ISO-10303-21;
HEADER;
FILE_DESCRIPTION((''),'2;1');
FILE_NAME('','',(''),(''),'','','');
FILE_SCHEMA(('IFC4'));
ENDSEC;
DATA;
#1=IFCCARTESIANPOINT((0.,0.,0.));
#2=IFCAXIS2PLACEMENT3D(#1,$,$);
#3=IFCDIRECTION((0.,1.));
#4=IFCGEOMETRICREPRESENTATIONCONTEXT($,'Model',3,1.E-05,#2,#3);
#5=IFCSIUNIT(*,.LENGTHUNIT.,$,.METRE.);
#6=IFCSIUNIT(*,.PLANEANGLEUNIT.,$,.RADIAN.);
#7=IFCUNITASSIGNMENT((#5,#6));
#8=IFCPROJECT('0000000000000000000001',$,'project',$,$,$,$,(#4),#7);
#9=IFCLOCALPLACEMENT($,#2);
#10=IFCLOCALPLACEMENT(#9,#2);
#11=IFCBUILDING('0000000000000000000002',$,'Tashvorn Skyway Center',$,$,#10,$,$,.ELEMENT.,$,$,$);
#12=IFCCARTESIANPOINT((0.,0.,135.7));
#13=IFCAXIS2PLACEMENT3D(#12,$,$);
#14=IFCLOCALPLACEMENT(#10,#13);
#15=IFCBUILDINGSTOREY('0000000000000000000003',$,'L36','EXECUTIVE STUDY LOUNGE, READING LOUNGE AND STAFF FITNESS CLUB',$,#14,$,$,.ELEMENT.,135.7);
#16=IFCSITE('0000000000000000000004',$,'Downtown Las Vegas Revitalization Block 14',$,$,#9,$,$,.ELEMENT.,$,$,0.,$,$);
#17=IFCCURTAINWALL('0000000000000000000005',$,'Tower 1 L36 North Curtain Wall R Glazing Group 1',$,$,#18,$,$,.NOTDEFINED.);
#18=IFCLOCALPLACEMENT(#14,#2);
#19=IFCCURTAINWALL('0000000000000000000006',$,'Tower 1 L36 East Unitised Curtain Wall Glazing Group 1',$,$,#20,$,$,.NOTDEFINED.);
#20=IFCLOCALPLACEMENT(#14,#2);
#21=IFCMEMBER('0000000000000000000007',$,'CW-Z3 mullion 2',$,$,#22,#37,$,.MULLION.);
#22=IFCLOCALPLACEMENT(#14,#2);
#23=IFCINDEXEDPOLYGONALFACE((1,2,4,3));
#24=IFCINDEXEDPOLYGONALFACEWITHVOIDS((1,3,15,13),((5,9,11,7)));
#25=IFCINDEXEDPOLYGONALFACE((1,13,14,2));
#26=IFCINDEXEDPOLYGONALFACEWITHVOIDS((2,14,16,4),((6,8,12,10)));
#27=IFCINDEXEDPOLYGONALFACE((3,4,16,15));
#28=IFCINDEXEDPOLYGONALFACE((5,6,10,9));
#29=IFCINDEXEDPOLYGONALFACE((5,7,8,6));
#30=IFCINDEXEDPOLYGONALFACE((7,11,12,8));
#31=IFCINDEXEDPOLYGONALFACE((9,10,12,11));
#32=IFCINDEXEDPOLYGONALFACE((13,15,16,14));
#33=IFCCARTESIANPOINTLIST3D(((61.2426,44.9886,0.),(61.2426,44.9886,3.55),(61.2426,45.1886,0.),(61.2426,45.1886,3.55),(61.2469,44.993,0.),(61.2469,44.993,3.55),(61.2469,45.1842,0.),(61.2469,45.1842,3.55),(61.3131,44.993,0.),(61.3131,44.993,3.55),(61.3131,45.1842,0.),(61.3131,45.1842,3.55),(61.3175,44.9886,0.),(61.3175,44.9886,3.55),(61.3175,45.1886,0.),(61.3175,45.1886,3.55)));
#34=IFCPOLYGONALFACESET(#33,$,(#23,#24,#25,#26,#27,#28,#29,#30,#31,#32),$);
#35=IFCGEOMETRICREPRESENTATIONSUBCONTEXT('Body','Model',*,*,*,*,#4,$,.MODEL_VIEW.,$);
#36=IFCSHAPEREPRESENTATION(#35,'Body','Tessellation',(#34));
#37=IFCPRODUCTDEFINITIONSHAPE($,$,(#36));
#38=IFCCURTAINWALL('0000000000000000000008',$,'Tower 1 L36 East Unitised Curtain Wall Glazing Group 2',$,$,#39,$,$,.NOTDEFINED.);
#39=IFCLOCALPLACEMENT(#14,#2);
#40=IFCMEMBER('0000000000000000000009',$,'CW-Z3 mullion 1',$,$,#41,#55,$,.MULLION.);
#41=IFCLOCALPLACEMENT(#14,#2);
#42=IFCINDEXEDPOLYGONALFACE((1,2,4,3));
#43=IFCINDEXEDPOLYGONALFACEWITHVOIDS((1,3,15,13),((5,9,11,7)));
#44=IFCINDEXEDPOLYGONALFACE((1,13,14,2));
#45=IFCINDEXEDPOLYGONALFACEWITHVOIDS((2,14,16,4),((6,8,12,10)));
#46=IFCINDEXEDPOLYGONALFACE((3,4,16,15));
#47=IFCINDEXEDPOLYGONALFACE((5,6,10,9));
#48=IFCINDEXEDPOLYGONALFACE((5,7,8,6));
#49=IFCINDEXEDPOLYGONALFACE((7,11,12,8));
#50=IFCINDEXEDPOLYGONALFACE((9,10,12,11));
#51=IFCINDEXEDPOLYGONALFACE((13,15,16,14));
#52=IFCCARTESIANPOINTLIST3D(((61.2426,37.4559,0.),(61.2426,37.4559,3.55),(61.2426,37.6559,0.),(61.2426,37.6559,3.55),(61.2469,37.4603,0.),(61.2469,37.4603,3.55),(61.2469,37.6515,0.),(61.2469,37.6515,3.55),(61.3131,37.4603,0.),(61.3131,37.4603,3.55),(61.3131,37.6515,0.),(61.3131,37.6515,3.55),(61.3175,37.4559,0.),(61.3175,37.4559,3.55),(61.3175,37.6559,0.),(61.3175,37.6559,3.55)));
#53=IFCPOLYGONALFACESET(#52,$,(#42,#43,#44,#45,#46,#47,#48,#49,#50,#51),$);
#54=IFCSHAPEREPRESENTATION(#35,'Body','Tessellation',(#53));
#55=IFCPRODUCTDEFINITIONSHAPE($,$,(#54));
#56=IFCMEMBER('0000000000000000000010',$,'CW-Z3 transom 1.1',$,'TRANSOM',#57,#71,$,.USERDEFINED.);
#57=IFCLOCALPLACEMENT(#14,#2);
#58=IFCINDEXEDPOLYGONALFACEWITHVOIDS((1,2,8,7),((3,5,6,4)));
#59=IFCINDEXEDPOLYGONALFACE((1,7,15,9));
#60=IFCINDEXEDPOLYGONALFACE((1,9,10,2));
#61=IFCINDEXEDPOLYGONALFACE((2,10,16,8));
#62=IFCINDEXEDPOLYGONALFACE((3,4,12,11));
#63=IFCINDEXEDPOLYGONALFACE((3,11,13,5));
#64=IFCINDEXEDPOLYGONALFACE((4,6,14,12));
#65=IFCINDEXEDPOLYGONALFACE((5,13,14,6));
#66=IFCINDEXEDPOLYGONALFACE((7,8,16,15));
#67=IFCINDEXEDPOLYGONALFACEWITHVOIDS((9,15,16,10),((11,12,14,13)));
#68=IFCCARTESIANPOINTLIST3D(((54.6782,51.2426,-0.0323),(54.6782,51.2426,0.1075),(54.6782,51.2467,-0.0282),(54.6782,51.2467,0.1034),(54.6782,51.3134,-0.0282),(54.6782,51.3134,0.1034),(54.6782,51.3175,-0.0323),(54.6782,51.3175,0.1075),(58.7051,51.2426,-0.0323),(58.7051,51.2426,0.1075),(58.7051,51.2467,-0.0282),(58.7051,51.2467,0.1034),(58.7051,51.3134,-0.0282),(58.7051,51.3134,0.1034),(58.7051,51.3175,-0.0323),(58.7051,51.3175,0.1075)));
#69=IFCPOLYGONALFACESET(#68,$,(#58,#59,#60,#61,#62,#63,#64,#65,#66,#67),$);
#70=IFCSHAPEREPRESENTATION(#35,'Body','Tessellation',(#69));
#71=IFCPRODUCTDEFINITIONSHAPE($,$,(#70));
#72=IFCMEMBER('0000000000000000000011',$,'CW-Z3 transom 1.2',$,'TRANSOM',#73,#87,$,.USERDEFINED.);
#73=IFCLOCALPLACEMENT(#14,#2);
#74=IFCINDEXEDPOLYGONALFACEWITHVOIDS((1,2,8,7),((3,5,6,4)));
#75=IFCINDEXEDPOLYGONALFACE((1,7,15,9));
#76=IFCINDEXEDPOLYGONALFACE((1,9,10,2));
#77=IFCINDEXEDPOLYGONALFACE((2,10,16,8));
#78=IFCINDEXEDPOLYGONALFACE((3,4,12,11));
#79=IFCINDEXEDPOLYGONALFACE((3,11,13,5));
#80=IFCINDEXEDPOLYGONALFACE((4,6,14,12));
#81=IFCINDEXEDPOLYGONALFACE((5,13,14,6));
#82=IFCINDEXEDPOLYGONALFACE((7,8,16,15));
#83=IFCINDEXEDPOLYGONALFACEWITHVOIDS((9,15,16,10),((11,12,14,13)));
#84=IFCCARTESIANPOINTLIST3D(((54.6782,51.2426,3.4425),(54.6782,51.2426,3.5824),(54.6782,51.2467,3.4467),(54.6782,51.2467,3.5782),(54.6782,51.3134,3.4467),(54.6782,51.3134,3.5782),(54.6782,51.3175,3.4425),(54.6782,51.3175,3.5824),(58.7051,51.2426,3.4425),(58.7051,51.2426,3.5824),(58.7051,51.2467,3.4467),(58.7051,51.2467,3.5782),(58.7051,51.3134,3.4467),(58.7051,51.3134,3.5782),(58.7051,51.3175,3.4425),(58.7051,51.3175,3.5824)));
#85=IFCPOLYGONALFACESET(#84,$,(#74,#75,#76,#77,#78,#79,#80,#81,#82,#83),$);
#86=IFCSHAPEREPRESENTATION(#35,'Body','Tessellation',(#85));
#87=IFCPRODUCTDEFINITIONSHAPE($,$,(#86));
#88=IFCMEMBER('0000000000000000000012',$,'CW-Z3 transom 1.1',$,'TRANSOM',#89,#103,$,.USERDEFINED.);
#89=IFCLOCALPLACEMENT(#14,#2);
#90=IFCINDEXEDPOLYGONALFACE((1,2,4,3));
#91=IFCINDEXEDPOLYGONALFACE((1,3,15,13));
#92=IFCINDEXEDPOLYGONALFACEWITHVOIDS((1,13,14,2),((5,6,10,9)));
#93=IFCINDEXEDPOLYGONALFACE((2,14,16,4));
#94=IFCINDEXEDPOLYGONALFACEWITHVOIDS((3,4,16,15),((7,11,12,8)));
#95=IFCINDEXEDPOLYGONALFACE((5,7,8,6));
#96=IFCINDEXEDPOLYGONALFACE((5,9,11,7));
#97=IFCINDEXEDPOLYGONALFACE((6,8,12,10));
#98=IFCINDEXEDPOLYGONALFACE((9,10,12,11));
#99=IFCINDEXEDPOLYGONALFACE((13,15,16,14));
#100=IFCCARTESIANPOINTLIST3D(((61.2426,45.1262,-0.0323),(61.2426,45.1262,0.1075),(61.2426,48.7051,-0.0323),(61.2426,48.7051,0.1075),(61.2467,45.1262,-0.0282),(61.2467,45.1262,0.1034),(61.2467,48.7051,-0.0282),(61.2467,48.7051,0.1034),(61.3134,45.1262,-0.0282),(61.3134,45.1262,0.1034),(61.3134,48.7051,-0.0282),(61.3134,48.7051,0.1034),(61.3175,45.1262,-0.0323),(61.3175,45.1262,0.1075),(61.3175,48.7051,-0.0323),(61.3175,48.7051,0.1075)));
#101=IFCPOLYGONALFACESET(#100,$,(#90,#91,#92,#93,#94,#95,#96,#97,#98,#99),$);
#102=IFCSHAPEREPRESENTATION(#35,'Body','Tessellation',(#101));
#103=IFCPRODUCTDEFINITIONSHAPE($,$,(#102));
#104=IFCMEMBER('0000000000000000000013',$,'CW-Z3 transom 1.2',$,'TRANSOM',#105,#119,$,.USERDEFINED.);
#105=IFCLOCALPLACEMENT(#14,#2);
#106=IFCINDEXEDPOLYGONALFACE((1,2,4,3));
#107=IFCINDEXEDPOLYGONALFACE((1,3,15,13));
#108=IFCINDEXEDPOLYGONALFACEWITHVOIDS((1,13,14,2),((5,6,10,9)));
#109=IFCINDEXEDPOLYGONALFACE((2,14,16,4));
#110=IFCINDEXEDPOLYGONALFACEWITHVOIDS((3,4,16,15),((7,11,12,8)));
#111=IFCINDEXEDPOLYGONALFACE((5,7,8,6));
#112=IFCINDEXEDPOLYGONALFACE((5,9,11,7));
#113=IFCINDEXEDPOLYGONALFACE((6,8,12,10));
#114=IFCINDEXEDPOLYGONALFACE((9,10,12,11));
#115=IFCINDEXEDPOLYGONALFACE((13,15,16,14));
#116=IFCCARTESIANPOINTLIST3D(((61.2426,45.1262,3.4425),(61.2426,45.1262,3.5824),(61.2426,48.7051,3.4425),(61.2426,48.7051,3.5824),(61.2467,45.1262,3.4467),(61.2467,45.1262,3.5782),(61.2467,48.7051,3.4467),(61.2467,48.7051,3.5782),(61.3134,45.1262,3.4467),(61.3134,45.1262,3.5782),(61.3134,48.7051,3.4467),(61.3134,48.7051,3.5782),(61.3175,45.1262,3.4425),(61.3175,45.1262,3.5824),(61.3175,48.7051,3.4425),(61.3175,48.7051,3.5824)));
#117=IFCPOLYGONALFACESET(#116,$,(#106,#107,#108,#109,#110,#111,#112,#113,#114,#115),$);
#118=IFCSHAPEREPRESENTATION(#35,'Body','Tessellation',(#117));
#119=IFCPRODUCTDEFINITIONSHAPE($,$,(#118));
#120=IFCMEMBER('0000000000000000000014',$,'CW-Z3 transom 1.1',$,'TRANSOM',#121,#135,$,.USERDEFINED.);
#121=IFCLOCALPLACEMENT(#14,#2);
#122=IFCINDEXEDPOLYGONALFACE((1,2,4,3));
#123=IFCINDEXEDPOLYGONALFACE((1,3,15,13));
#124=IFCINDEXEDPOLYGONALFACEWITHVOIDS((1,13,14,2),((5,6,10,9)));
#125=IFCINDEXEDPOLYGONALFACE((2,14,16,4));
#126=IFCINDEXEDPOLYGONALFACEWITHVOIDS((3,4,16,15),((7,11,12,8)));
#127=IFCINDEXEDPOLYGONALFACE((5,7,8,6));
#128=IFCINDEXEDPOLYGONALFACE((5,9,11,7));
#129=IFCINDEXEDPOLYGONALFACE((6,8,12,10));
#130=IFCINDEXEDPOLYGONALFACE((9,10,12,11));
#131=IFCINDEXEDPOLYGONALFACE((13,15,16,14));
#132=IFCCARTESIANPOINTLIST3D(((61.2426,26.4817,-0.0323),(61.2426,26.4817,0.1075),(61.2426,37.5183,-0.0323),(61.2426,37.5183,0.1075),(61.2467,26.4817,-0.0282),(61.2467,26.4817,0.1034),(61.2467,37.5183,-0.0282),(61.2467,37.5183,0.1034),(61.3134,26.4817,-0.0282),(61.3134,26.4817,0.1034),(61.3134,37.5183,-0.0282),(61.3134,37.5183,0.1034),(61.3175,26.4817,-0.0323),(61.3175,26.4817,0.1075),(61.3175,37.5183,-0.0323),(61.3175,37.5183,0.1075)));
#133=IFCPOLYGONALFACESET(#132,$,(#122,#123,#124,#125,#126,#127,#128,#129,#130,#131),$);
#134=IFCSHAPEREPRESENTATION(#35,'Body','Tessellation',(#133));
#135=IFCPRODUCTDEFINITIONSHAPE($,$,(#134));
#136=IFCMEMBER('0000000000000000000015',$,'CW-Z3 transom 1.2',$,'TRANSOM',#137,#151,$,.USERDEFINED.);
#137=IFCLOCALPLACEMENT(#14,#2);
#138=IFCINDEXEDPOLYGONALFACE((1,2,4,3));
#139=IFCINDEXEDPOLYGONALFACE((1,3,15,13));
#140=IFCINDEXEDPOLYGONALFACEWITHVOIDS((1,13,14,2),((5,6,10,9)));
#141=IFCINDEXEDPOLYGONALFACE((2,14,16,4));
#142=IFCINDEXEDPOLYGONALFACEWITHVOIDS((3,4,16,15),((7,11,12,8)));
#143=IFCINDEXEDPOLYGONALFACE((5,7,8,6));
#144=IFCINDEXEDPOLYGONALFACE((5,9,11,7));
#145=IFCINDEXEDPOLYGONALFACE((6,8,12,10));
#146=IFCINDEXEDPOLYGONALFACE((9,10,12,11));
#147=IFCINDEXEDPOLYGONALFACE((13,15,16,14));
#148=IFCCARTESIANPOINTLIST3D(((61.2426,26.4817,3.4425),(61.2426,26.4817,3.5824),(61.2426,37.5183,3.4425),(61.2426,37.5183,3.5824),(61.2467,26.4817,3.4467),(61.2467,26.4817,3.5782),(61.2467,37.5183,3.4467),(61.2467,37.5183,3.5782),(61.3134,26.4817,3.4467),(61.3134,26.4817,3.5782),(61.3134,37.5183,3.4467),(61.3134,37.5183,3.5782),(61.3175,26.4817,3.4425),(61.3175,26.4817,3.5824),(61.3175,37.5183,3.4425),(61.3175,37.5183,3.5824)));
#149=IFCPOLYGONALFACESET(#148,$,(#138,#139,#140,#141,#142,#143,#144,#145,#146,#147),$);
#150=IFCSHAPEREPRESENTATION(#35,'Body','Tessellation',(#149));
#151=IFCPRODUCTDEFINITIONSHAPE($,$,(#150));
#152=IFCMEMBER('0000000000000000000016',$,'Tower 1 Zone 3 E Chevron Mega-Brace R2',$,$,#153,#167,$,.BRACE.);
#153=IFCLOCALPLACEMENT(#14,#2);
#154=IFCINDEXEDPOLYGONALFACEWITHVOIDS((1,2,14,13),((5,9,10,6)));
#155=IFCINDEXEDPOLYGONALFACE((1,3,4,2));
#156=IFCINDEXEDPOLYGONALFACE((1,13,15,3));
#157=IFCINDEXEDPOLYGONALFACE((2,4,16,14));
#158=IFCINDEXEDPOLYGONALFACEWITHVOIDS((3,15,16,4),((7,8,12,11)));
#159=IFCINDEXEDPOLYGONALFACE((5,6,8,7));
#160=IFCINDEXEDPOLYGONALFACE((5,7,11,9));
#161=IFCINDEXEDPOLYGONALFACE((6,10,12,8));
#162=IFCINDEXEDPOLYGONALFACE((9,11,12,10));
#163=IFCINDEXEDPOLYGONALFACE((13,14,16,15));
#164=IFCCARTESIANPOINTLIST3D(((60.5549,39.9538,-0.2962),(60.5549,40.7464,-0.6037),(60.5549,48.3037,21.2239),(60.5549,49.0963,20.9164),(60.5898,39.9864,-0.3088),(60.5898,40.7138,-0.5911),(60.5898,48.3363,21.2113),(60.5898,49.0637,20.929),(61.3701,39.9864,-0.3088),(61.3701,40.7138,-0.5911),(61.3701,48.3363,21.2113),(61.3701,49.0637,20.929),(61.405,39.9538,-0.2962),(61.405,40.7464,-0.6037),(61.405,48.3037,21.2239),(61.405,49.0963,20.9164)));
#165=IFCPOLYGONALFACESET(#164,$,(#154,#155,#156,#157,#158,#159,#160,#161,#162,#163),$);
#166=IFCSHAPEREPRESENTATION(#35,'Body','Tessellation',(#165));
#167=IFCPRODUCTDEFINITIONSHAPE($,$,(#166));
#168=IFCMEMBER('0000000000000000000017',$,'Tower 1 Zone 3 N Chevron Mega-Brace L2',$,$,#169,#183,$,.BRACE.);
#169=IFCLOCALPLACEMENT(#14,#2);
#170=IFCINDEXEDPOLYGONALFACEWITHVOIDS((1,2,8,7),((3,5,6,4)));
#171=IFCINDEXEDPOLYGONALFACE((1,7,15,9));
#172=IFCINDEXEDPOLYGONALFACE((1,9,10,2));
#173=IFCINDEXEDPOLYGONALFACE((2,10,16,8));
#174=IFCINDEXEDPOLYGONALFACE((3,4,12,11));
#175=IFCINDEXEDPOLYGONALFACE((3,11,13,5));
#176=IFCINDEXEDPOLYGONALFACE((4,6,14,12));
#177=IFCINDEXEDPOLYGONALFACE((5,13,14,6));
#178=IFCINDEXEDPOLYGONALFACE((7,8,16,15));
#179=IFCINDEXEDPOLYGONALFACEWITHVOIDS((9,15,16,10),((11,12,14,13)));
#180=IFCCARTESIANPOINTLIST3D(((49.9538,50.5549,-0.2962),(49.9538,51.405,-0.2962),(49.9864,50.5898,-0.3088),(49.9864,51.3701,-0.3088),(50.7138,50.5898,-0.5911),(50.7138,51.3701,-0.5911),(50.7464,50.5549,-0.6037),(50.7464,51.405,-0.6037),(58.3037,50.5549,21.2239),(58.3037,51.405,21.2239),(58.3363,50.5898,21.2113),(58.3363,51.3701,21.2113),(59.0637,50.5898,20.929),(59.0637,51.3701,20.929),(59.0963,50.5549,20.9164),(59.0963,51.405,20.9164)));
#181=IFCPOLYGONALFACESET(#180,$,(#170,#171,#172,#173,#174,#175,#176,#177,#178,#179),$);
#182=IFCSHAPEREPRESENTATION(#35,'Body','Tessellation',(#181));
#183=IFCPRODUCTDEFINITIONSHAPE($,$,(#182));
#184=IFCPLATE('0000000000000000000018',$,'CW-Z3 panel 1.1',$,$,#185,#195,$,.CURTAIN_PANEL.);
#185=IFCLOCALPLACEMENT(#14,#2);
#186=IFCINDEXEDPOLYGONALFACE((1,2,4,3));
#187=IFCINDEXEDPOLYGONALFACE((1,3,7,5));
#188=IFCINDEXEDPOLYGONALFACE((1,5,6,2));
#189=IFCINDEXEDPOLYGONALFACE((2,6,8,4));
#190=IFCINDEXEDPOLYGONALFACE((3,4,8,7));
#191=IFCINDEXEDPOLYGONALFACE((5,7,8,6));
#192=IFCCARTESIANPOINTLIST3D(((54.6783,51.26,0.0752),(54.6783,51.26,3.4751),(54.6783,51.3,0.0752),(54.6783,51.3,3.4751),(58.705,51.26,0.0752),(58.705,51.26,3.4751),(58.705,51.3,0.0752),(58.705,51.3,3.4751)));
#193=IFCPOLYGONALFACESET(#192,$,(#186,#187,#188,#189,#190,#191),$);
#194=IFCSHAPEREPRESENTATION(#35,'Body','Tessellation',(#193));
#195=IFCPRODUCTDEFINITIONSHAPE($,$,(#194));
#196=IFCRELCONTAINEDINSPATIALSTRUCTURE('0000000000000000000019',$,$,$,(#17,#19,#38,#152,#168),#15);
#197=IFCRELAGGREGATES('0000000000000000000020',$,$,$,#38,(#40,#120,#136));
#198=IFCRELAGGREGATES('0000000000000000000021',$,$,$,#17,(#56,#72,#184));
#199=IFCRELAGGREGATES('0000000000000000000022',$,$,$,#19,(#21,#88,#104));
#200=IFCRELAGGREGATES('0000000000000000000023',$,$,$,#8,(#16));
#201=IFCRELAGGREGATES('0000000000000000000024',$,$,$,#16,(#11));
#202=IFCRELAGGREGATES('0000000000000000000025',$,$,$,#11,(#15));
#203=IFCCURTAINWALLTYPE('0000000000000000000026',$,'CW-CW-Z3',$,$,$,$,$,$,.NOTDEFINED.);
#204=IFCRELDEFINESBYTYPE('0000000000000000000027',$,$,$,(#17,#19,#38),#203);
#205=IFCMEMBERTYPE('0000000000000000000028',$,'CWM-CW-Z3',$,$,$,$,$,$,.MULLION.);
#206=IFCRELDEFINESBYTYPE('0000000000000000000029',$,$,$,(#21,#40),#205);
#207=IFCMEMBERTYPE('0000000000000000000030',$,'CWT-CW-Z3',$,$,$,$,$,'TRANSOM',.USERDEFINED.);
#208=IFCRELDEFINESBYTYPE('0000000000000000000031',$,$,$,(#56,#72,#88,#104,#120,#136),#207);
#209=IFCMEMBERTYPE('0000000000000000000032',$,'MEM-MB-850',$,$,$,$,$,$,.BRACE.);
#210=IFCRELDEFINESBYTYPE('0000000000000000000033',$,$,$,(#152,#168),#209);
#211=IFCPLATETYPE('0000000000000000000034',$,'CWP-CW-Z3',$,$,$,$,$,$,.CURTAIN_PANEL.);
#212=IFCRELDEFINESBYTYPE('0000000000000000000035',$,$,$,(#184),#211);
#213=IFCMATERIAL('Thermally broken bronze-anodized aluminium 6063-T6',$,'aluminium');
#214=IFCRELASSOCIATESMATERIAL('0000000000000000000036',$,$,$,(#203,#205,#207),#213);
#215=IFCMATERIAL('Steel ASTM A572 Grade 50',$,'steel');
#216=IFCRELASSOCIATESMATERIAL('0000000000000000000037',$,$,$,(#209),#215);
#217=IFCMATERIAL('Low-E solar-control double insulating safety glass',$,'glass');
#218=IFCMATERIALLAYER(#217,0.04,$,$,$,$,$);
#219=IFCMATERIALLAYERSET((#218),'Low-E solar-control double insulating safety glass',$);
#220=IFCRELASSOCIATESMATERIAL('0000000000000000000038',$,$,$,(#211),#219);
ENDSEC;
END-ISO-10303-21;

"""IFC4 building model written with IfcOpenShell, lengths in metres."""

from ifc_helpers import new_model, si_unit, direction, frame, origin, origin_2d, place, context, subcontext, project, spatial, rectangle, hollow_rectangle, extrude, material, layer, layer_set, material_profile, profile_set, type_object, element, aggregate, save


model = new_model("IFC4")

# Units and contexts
model_context = context("Model", 3, precision=1e-05, world=origin(), true_north=direction((0.0, 1.0)))
body_context = subcontext(model_context, "Body", "Model", "MODEL_VIEW")
ifc_project = project(units=[si_unit("LENGTHUNIT", "METRE"), si_unit("PLANEANGLEUNIT", "RADIAN")], contexts=[model_context])

# Site, building, storey
site_placement = place(None, origin())
site = spatial("IfcSite", under=ifc_project, at=site_placement, Name="Downtown Las Vegas Revitalization Block 14", CompositionType="ELEMENT", RefElevation=0.0)
building_placement = place(site_placement, origin())
building = spatial("IfcBuilding", under=site, at=building_placement, Name="Tashvorn Skyway Center", CompositionType="ELEMENT")
storey_placement = place(building_placement, frame((0.0, 0.0, 135.7)))
storey = spatial("IfcBuildingStorey", under=building, at=storey_placement, Name="L36", Description="EXECUTIVE STUDY LOUNGE, READING LOUNGE AND STAFF FITNESS CLUB", CompositionType="ELEMENT", Elevation=135.7)

# Shared definitions
ifc_material_1 = material(Name="Steel ASTM A572 Grade 50", Category="steel")

# Curtain walls, member
ifc_material_2 = material(Name="Thermally broken bronze-anodized aluminium 6063-T6", Category="aluminium")
curtain_wall_type = type_object("IfcCurtainWallType", Name="CW-CW-Z3", PredefinedType="NOTDEFINED", material=ifc_material_2)
curtain_wall_1_placement = place(storey_placement, origin())
curtain_wall_1 = element("IfcCurtainWall", 1, at=curtain_wall_1_placement, inside=storey, type_object=curtain_wall_type, Name="Tower 1 L36 North Curtain Wall R Glazing Group 1", PredefinedType="NOTDEFINED")
ifc_material_profile_1 = material_profile(ifc_material_2, hollow_rectangle(XDim=0.075, YDim=0.2, WallThickness=0.0044, at=origin_2d()), Name="ALU-MULL-75x200")
ifc_profile_set_1 = profile_set([ifc_material_profile_1], Name="Thermally broken bronze-anodized aluminium 6063-T6")
member_type_1 = type_object("IfcMemberType", Name="CWM-CW-Z3", PredefinedType="MULLION", material=ifc_profile_set_1)
curtain_wall_2_placement = place(storey_placement, origin())
curtain_wall_2 = element("IfcCurtainWall", 2, at=curtain_wall_2_placement, inside=storey, type_object=curtain_wall_type, Name="Tower 1 L36 East Unitised Curtain Wall Glazing Group 1", PredefinedType="NOTDEFINED")
member_1_placement = place(storey_placement, frame((61.28, 45.0886, 0.0), z_axis=(0.0, 0.0, 1.0), x_axis=(1.0, 0.0, 0.0)))
member_1 = element("IfcMember", 3, at=member_1_placement, type_object=member_type_1, Name="CW-Z3 mullion 2", PredefinedType="MULLION", context=body_context, shape_type="SweptSolid", body=[
    extrude(hollow_rectangle(XDim=0.075, YDim=0.2, WallThickness=0.0044, at=origin_2d()), origin(), (0.0, 0.0, 1.0), 3.55),
])

# Curtain wall, member
curtain_wall_3_placement = place(storey_placement, origin())
curtain_wall_3 = element("IfcCurtainWall", 4, at=curtain_wall_3_placement, inside=storey, type_object=curtain_wall_type, Name="Tower 1 L36 East Unitised Curtain Wall Glazing Group 2", PredefinedType="NOTDEFINED")
member_2_placement = place(storey_placement, frame((61.28, 37.5559, 0.0), z_axis=(0.0, 0.0, 1.0), x_axis=(1.0, 0.0, 0.0)))
member_2 = element("IfcMember", 5, at=member_2_placement, type_object=member_type_1, Name="CW-Z3 mullion 1", PredefinedType="MULLION", context=body_context, shape_type="SweptSolid", body=[
    extrude(hollow_rectangle(XDim=0.075, YDim=0.2, WallThickness=0.0044, at=origin_2d()), origin(), (0.0, 0.0, 1.0), 3.55),
])

# Members
ifc_material_profile_2 = material_profile(ifc_material_2, hollow_rectangle(XDim=0.075, YDim=0.1399, WallThickness=0.0042, at=origin_2d()), Name="ALU-TRAN-75x140")
ifc_profile_set_2 = profile_set([ifc_material_profile_2], Name="Thermally broken bronze-anodized aluminium 6063-T6")
member_type_2 = type_object("IfcMemberType", Name="CWT-CW-Z3", ElementType="TRANSOM", PredefinedType="USERDEFINED", material=ifc_profile_set_2)
member_3_placement = place(storey_placement, frame((54.6782, 51.28, 0.0376), z_axis=(1.0, 0.0, 0.0), x_axis=(0.0, 1.0, 0.0)))
member_3 = element("IfcMember", 6, at=member_3_placement, type_object=member_type_2, Name="CW-Z3 transom 1.1", ObjectType="TRANSOM", PredefinedType="USERDEFINED", context=body_context, shape_type="SweptSolid", body=[
    extrude(hollow_rectangle(XDim=0.075, YDim=0.1399, WallThickness=0.0042, at=origin_2d()), origin(), (0.0, 0.0, 1.0), 4.0269),
])
member_4_placement = place(storey_placement, frame((54.6782, 51.28, 3.5125), z_axis=(1.0, 0.0, 0.0), x_axis=(0.0, 1.0, 0.0)))
member_4 = element("IfcMember", 7, at=member_4_placement, type_object=member_type_2, Name="CW-Z3 transom 1.2", ObjectType="TRANSOM", PredefinedType="USERDEFINED", context=body_context, shape_type="SweptSolid", body=[
    extrude(hollow_rectangle(XDim=0.075, YDim=0.1399, WallThickness=0.0042, at=origin_2d()), origin(), (0.0, 0.0, 1.0), 4.0269),
])
member_5_placement = place(storey_placement, frame((61.28, 48.7051, 0.0376), z_axis=(0.0, -1.0, 0.0), x_axis=(1.0, 0.0, 0.0)))
member_5 = element("IfcMember", 8, at=member_5_placement, type_object=member_type_2, Name="CW-Z3 transom 1.1", ObjectType="TRANSOM", PredefinedType="USERDEFINED", context=body_context, shape_type="SweptSolid", body=[
    extrude(hollow_rectangle(XDim=0.075, YDim=0.1399, WallThickness=0.0042, at=origin_2d()), origin(), (0.0, 0.0, 1.0), 3.5789),
])
member_6_placement = place(storey_placement, frame((61.28, 48.7051, 3.5125), z_axis=(0.0, -1.0, 0.0), x_axis=(1.0, 0.0, 0.0)))
member_6 = element("IfcMember", 9, at=member_6_placement, type_object=member_type_2, Name="CW-Z3 transom 1.2", ObjectType="TRANSOM", PredefinedType="USERDEFINED", context=body_context, shape_type="SweptSolid", body=[
    extrude(hollow_rectangle(XDim=0.075, YDim=0.1399, WallThickness=0.0042, at=origin_2d()), origin(), (0.0, 0.0, 1.0), 3.5789),
])
member_7_placement = place(storey_placement, frame((61.28, 37.5183, 0.0376), z_axis=(0.0, -1.0, 0.0), x_axis=(1.0, 0.0, 0.0)))
member_7 = element("IfcMember", 10, at=member_7_placement, type_object=member_type_2, Name="CW-Z3 transom 1.1", ObjectType="TRANSOM", PredefinedType="USERDEFINED", context=body_context, shape_type="SweptSolid", body=[
    extrude(hollow_rectangle(XDim=0.075, YDim=0.1399, WallThickness=0.0042, at=origin_2d()), origin(), (0.0, 0.0, 1.0), 11.0366),
])
member_8_placement = place(storey_placement, frame((61.28, 37.5183, 3.5125), z_axis=(0.0, -1.0, 0.0), x_axis=(1.0, 0.0, 0.0)))
member_8 = element("IfcMember", 11, at=member_8_placement, type_object=member_type_2, Name="CW-Z3 transom 1.2", ObjectType="TRANSOM", PredefinedType="USERDEFINED", context=body_context, shape_type="SweptSolid", body=[
    extrude(hollow_rectangle(XDim=0.075, YDim=0.1399, WallThickness=0.0042, at=origin_2d()), origin(), (0.0, 0.0, 1.0), 11.0366),
])
aggregate(curtain_wall_3, [member_2, member_7, member_8])

# Members
ifc_material_profile_3 = material_profile(ifc_material_1, hollow_rectangle(XDim=0.8501, YDim=0.8501, WallThickness=0.0349, at=origin_2d()), Name="BOX850x850x35")
ifc_profile_set_3 = profile_set([ifc_material_profile_3], Name="Steel ASTM A572 Grade 50")
member_type_3 = type_object("IfcMemberType", Name="MEM-MB-850", PredefinedType="BRACE", material=ifc_profile_set_3)
for number, where, z_axis, x_axis, name in (
    (12, (60.98, 40.3501, -0.45), (0.0, 0.36173, 0.932283), (-1.0, 0.0, 0.0), "Tower 1 Zone 3 E Chevron Mega-Brace R2"),
    (13, (50.3501, 50.98, -0.45), (0.36173, 0.0, 0.932283), (0.0, 1.0, 0.0), "Tower 1 Zone 3 N Chevron Mega-Brace L2"),
):
    element("IfcMember", number, at=place(storey_placement, frame(where, z_axis=z_axis, x_axis=x_axis)), inside=storey, type_object=member_type_3, Name=name, PredefinedType="BRACE", context=body_context, shape_type="SweptSolid", body=[
        extrude(hollow_rectangle(XDim=0.8501, YDim=0.8501, WallThickness=0.0349, at=origin_2d()), origin(), (0.0, 0.0, 1.0), 23.0833),
    ])

# Plate
ifc_material_3 = material(Name="Low-E solar-control double insulating safety glass", Category="glass")
ifc_layer_1 = layer(ifc_material_3, 0.04)
ifc_layer_set_1 = layer_set([ifc_layer_1], Name="Low-E solar-control double insulating safety glass")
plate_type_1 = type_object("IfcPlateType", Name="CWP-CW-Z3", PredefinedType="CURTAIN_PANEL", material=ifc_layer_set_1)
plate_1_placement = place(storey_placement, frame((56.6917, 51.28, 0.0752), z_axis=(0.0, 0.0, 1.0), x_axis=(1.0, 0.0, 0.0)))
plate_1 = element("IfcPlate", 14, at=plate_1_placement, type_object=plate_type_1, Name="CW-Z3 panel 1.1", PredefinedType="CURTAIN_PANEL", context=body_context, shape_type="SweptSolid", body=[
    extrude(rectangle(XDim=4.0266, YDim=0.04, at=origin_2d()), origin(), (0.0, 0.0, 1.0), 3.3999),
])
aggregate(curtain_wall_1, [member_3, member_4, plate_1])
aggregate(curtain_wall_2, [member_1, member_5, member_6])

save(model, "model.ifc")
